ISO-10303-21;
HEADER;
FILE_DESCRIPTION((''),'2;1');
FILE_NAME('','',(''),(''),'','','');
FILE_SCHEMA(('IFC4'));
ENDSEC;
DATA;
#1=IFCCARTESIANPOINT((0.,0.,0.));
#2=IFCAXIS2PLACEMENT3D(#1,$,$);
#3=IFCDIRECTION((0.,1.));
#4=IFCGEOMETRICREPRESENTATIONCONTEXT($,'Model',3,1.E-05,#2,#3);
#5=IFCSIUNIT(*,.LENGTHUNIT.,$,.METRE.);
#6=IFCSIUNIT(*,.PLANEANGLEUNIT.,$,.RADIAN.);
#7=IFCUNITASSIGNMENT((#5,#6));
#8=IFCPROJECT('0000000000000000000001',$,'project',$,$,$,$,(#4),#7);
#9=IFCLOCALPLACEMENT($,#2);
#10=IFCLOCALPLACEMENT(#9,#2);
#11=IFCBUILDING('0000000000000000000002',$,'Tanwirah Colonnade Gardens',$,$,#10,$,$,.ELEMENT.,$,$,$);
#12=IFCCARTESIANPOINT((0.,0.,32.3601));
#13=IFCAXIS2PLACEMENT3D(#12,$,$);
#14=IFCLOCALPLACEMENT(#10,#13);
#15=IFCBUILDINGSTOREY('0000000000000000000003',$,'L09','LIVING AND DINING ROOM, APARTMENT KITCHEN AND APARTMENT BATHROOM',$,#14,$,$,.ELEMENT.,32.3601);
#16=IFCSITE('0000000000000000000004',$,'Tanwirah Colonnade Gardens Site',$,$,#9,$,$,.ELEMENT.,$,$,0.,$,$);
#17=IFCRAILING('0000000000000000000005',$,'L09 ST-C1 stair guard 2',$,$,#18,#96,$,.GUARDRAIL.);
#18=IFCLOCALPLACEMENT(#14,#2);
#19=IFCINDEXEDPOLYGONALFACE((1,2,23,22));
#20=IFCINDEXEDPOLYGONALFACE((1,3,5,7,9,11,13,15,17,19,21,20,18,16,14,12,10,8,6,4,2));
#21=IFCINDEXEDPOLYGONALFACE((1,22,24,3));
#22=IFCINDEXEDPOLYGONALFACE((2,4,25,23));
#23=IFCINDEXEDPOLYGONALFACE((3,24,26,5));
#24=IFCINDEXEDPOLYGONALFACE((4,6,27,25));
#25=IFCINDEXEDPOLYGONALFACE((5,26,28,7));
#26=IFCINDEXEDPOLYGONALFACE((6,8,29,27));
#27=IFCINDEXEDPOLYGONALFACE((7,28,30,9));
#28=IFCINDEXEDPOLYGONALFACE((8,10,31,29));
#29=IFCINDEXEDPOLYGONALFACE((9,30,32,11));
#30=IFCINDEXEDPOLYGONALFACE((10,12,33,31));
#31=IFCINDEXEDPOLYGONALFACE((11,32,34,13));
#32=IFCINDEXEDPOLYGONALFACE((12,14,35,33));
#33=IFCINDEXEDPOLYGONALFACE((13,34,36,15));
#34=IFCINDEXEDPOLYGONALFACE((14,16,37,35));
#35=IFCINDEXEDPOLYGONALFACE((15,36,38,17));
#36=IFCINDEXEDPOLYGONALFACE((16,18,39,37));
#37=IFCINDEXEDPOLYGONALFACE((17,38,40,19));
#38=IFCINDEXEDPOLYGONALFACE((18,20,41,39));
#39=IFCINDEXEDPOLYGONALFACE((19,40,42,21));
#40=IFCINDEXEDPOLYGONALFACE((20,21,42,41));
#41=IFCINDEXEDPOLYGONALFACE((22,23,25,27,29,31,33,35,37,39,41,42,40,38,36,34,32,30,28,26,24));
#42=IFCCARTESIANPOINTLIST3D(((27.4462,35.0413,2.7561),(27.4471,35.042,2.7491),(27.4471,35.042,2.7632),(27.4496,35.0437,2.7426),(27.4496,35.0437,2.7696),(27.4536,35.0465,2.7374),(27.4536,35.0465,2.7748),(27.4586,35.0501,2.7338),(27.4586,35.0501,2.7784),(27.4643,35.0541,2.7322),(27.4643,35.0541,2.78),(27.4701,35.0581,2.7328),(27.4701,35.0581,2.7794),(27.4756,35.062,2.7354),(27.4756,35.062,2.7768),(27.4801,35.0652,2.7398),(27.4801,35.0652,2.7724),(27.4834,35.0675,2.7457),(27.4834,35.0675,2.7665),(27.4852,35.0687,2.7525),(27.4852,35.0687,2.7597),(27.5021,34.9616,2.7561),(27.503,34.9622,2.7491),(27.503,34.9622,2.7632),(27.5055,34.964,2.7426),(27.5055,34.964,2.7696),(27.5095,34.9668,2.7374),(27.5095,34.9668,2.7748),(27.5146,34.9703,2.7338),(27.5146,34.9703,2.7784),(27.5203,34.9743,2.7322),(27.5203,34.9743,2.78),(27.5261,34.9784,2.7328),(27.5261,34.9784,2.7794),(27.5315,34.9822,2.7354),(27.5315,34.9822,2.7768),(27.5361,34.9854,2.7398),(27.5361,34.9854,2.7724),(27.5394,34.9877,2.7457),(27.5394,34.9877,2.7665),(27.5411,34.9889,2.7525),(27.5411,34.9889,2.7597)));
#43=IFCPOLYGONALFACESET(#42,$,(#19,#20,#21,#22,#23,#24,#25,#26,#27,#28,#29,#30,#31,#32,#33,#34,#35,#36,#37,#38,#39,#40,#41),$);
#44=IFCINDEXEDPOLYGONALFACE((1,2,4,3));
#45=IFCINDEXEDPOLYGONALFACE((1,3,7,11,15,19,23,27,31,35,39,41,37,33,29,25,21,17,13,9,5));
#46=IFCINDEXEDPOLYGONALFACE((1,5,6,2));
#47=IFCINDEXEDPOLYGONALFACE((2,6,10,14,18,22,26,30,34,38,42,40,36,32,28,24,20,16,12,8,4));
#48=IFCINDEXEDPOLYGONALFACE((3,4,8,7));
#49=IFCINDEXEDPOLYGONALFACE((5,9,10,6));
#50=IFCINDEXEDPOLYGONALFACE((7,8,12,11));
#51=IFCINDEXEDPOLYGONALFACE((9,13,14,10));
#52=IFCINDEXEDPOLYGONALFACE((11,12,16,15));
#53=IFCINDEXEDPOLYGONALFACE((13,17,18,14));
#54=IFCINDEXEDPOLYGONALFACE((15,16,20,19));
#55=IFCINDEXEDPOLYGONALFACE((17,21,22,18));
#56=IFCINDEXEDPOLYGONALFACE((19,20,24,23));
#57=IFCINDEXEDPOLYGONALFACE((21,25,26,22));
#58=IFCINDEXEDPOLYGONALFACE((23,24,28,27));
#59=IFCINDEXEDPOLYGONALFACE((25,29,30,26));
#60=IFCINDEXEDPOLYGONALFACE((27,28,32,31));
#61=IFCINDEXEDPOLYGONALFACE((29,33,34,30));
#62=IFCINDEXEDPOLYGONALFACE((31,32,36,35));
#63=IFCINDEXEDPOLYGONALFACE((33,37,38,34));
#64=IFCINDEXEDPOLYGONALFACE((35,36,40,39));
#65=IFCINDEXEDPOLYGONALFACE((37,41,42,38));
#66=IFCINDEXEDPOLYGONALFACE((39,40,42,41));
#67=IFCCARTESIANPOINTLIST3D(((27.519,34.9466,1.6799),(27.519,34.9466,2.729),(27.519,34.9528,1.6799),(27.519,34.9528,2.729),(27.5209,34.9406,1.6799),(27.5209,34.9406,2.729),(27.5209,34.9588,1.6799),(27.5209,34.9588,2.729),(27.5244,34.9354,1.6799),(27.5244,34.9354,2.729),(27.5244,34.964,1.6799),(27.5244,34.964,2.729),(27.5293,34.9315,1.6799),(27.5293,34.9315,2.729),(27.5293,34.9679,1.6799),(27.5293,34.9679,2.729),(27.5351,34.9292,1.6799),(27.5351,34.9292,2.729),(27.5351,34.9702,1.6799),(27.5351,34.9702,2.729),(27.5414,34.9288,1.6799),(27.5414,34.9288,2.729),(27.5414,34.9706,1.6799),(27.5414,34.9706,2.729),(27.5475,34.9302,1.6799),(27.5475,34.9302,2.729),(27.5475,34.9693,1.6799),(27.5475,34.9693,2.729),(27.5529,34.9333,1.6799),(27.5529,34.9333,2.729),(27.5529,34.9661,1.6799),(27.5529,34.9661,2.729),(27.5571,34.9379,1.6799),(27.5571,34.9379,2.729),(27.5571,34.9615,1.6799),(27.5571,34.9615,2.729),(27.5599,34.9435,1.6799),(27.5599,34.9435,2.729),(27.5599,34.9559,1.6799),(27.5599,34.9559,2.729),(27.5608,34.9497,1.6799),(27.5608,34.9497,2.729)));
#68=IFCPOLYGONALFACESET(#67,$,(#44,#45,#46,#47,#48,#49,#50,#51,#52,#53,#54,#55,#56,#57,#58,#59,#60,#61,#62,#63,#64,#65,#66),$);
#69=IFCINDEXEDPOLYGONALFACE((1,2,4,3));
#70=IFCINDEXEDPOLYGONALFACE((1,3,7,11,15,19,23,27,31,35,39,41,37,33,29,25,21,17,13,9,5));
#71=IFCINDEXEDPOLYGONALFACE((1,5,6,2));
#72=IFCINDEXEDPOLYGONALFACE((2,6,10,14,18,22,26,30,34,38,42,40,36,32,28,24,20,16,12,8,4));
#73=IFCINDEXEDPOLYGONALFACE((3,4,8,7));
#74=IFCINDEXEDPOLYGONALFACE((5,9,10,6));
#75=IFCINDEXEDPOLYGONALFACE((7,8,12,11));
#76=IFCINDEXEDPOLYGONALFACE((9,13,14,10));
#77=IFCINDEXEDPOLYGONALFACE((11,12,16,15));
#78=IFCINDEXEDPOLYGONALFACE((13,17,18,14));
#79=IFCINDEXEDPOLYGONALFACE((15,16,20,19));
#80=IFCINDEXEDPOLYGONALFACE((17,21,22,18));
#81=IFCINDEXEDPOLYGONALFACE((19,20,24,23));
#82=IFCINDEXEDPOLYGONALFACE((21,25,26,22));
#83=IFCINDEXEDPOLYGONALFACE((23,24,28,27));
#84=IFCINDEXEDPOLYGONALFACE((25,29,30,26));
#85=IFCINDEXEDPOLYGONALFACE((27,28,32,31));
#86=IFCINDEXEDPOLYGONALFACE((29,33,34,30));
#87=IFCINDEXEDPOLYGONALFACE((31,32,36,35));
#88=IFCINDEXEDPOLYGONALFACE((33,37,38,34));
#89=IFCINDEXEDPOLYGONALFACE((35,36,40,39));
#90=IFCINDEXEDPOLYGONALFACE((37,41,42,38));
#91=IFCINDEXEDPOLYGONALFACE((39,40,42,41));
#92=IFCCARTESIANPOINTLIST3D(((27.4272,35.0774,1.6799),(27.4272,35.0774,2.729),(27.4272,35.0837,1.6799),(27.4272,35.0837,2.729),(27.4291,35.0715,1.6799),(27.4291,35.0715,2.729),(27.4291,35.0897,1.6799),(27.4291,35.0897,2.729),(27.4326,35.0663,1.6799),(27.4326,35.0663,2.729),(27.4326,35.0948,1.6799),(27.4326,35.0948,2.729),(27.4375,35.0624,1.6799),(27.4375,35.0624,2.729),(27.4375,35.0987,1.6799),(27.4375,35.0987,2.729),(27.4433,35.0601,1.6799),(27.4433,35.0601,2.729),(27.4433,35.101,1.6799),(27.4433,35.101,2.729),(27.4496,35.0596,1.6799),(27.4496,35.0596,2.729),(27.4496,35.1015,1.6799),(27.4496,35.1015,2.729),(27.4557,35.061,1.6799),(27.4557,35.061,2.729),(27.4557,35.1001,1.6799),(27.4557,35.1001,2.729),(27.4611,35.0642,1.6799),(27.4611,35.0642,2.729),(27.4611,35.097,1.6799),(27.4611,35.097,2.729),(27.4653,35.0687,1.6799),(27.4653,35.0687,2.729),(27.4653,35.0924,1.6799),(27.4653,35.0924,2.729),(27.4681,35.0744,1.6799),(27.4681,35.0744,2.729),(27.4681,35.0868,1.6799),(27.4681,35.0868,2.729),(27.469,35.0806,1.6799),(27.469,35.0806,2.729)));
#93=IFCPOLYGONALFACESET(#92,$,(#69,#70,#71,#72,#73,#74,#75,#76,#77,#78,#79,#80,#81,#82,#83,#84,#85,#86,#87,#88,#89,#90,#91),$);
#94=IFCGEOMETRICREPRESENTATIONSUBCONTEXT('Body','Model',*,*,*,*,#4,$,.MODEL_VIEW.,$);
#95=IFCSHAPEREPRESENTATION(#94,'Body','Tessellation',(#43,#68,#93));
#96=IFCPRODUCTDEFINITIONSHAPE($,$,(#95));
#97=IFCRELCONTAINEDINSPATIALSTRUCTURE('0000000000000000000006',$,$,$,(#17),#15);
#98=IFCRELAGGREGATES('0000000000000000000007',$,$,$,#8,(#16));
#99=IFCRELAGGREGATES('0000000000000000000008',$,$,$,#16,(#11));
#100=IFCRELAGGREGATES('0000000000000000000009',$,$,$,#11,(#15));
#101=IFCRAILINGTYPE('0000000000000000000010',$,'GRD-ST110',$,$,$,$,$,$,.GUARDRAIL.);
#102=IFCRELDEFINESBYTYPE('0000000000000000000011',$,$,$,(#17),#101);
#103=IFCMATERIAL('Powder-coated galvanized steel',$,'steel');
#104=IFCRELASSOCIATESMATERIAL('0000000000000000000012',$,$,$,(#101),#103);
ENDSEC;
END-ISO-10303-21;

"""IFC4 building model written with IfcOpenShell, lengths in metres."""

from ifc_helpers import new_model, si_unit, direction, frame, origin, origin_2d, place, context, subcontext, project, spatial, circle, extrude, material, type_object, element, save


model = new_model("IFC4")

# Units and contexts
model_context = context("Model", 3, precision=1e-05, world=origin(), true_north=direction((0.0, 1.0)))
body_context = subcontext(model_context, "Body", "Model", "MODEL_VIEW")
ifc_project = project(units=[si_unit("LENGTHUNIT", "METRE"), si_unit("PLANEANGLEUNIT", "RADIAN")], contexts=[model_context])

# Site, building, storey
site_placement = place(None, origin())
site = spatial("IfcSite", under=ifc_project, at=site_placement, Name="Tanwirah Colonnade Gardens Site", CompositionType="ELEMENT", RefElevation=0.0)
building_placement = place(site_placement, origin())
building = spatial("IfcBuilding", under=site, at=building_placement, Name="Tanwirah Colonnade Gardens", CompositionType="ELEMENT")
storey_placement = place(building_placement, frame((0.0, 0.0, 32.3601)))
storey = spatial("IfcBuildingStorey", under=building, at=storey_placement, Name="L09", Description="LIVING AND DINING ROOM, APARTMENT KITCHEN AND APARTMENT BATHROOM", CompositionType="ELEMENT", Elevation=32.3601)

# Railing
ifc_material_1 = material(Name="Powder-coated galvanized steel", Category="steel")
railing_type_1 = type_object("IfcRailingType", Name="GRD-ST110", PredefinedType="GUARDRAIL", material=ifc_material_1)
railing_1_placement = place(storey_placement, frame((27.5398, 34.9497, 1.6799)))
element("IfcRailing", 1, at=railing_1_placement, inside=storey, type_object=railing_type_1, Name="L09 ST-C1 stair guard 2", PredefinedType="GUARDRAIL", context=body_context, shape_type="SweptSolid", body=[
    extrude(circle(Radius=0.0239, at=origin_2d()), frame((-0.0181, 0.0256, 1.0762), z_axis=(-0.574282, 0.818657, 0.0), x_axis=(-0.818657, -0.574282, 0.0)), (0.0, 0.0, 1.0), 0.0974),
    extrude(circle(Radius=0.021, at=origin_2d()), origin(), (0.0, 0.0, 1.0), 1.0491),
    extrude(circle(Radius=0.021, at=origin_2d()), frame((-0.0918, 0.1309, 0.0)), (0.0, 0.0, 1.0), 1.0491),
])

save(model, "model.ifc")
